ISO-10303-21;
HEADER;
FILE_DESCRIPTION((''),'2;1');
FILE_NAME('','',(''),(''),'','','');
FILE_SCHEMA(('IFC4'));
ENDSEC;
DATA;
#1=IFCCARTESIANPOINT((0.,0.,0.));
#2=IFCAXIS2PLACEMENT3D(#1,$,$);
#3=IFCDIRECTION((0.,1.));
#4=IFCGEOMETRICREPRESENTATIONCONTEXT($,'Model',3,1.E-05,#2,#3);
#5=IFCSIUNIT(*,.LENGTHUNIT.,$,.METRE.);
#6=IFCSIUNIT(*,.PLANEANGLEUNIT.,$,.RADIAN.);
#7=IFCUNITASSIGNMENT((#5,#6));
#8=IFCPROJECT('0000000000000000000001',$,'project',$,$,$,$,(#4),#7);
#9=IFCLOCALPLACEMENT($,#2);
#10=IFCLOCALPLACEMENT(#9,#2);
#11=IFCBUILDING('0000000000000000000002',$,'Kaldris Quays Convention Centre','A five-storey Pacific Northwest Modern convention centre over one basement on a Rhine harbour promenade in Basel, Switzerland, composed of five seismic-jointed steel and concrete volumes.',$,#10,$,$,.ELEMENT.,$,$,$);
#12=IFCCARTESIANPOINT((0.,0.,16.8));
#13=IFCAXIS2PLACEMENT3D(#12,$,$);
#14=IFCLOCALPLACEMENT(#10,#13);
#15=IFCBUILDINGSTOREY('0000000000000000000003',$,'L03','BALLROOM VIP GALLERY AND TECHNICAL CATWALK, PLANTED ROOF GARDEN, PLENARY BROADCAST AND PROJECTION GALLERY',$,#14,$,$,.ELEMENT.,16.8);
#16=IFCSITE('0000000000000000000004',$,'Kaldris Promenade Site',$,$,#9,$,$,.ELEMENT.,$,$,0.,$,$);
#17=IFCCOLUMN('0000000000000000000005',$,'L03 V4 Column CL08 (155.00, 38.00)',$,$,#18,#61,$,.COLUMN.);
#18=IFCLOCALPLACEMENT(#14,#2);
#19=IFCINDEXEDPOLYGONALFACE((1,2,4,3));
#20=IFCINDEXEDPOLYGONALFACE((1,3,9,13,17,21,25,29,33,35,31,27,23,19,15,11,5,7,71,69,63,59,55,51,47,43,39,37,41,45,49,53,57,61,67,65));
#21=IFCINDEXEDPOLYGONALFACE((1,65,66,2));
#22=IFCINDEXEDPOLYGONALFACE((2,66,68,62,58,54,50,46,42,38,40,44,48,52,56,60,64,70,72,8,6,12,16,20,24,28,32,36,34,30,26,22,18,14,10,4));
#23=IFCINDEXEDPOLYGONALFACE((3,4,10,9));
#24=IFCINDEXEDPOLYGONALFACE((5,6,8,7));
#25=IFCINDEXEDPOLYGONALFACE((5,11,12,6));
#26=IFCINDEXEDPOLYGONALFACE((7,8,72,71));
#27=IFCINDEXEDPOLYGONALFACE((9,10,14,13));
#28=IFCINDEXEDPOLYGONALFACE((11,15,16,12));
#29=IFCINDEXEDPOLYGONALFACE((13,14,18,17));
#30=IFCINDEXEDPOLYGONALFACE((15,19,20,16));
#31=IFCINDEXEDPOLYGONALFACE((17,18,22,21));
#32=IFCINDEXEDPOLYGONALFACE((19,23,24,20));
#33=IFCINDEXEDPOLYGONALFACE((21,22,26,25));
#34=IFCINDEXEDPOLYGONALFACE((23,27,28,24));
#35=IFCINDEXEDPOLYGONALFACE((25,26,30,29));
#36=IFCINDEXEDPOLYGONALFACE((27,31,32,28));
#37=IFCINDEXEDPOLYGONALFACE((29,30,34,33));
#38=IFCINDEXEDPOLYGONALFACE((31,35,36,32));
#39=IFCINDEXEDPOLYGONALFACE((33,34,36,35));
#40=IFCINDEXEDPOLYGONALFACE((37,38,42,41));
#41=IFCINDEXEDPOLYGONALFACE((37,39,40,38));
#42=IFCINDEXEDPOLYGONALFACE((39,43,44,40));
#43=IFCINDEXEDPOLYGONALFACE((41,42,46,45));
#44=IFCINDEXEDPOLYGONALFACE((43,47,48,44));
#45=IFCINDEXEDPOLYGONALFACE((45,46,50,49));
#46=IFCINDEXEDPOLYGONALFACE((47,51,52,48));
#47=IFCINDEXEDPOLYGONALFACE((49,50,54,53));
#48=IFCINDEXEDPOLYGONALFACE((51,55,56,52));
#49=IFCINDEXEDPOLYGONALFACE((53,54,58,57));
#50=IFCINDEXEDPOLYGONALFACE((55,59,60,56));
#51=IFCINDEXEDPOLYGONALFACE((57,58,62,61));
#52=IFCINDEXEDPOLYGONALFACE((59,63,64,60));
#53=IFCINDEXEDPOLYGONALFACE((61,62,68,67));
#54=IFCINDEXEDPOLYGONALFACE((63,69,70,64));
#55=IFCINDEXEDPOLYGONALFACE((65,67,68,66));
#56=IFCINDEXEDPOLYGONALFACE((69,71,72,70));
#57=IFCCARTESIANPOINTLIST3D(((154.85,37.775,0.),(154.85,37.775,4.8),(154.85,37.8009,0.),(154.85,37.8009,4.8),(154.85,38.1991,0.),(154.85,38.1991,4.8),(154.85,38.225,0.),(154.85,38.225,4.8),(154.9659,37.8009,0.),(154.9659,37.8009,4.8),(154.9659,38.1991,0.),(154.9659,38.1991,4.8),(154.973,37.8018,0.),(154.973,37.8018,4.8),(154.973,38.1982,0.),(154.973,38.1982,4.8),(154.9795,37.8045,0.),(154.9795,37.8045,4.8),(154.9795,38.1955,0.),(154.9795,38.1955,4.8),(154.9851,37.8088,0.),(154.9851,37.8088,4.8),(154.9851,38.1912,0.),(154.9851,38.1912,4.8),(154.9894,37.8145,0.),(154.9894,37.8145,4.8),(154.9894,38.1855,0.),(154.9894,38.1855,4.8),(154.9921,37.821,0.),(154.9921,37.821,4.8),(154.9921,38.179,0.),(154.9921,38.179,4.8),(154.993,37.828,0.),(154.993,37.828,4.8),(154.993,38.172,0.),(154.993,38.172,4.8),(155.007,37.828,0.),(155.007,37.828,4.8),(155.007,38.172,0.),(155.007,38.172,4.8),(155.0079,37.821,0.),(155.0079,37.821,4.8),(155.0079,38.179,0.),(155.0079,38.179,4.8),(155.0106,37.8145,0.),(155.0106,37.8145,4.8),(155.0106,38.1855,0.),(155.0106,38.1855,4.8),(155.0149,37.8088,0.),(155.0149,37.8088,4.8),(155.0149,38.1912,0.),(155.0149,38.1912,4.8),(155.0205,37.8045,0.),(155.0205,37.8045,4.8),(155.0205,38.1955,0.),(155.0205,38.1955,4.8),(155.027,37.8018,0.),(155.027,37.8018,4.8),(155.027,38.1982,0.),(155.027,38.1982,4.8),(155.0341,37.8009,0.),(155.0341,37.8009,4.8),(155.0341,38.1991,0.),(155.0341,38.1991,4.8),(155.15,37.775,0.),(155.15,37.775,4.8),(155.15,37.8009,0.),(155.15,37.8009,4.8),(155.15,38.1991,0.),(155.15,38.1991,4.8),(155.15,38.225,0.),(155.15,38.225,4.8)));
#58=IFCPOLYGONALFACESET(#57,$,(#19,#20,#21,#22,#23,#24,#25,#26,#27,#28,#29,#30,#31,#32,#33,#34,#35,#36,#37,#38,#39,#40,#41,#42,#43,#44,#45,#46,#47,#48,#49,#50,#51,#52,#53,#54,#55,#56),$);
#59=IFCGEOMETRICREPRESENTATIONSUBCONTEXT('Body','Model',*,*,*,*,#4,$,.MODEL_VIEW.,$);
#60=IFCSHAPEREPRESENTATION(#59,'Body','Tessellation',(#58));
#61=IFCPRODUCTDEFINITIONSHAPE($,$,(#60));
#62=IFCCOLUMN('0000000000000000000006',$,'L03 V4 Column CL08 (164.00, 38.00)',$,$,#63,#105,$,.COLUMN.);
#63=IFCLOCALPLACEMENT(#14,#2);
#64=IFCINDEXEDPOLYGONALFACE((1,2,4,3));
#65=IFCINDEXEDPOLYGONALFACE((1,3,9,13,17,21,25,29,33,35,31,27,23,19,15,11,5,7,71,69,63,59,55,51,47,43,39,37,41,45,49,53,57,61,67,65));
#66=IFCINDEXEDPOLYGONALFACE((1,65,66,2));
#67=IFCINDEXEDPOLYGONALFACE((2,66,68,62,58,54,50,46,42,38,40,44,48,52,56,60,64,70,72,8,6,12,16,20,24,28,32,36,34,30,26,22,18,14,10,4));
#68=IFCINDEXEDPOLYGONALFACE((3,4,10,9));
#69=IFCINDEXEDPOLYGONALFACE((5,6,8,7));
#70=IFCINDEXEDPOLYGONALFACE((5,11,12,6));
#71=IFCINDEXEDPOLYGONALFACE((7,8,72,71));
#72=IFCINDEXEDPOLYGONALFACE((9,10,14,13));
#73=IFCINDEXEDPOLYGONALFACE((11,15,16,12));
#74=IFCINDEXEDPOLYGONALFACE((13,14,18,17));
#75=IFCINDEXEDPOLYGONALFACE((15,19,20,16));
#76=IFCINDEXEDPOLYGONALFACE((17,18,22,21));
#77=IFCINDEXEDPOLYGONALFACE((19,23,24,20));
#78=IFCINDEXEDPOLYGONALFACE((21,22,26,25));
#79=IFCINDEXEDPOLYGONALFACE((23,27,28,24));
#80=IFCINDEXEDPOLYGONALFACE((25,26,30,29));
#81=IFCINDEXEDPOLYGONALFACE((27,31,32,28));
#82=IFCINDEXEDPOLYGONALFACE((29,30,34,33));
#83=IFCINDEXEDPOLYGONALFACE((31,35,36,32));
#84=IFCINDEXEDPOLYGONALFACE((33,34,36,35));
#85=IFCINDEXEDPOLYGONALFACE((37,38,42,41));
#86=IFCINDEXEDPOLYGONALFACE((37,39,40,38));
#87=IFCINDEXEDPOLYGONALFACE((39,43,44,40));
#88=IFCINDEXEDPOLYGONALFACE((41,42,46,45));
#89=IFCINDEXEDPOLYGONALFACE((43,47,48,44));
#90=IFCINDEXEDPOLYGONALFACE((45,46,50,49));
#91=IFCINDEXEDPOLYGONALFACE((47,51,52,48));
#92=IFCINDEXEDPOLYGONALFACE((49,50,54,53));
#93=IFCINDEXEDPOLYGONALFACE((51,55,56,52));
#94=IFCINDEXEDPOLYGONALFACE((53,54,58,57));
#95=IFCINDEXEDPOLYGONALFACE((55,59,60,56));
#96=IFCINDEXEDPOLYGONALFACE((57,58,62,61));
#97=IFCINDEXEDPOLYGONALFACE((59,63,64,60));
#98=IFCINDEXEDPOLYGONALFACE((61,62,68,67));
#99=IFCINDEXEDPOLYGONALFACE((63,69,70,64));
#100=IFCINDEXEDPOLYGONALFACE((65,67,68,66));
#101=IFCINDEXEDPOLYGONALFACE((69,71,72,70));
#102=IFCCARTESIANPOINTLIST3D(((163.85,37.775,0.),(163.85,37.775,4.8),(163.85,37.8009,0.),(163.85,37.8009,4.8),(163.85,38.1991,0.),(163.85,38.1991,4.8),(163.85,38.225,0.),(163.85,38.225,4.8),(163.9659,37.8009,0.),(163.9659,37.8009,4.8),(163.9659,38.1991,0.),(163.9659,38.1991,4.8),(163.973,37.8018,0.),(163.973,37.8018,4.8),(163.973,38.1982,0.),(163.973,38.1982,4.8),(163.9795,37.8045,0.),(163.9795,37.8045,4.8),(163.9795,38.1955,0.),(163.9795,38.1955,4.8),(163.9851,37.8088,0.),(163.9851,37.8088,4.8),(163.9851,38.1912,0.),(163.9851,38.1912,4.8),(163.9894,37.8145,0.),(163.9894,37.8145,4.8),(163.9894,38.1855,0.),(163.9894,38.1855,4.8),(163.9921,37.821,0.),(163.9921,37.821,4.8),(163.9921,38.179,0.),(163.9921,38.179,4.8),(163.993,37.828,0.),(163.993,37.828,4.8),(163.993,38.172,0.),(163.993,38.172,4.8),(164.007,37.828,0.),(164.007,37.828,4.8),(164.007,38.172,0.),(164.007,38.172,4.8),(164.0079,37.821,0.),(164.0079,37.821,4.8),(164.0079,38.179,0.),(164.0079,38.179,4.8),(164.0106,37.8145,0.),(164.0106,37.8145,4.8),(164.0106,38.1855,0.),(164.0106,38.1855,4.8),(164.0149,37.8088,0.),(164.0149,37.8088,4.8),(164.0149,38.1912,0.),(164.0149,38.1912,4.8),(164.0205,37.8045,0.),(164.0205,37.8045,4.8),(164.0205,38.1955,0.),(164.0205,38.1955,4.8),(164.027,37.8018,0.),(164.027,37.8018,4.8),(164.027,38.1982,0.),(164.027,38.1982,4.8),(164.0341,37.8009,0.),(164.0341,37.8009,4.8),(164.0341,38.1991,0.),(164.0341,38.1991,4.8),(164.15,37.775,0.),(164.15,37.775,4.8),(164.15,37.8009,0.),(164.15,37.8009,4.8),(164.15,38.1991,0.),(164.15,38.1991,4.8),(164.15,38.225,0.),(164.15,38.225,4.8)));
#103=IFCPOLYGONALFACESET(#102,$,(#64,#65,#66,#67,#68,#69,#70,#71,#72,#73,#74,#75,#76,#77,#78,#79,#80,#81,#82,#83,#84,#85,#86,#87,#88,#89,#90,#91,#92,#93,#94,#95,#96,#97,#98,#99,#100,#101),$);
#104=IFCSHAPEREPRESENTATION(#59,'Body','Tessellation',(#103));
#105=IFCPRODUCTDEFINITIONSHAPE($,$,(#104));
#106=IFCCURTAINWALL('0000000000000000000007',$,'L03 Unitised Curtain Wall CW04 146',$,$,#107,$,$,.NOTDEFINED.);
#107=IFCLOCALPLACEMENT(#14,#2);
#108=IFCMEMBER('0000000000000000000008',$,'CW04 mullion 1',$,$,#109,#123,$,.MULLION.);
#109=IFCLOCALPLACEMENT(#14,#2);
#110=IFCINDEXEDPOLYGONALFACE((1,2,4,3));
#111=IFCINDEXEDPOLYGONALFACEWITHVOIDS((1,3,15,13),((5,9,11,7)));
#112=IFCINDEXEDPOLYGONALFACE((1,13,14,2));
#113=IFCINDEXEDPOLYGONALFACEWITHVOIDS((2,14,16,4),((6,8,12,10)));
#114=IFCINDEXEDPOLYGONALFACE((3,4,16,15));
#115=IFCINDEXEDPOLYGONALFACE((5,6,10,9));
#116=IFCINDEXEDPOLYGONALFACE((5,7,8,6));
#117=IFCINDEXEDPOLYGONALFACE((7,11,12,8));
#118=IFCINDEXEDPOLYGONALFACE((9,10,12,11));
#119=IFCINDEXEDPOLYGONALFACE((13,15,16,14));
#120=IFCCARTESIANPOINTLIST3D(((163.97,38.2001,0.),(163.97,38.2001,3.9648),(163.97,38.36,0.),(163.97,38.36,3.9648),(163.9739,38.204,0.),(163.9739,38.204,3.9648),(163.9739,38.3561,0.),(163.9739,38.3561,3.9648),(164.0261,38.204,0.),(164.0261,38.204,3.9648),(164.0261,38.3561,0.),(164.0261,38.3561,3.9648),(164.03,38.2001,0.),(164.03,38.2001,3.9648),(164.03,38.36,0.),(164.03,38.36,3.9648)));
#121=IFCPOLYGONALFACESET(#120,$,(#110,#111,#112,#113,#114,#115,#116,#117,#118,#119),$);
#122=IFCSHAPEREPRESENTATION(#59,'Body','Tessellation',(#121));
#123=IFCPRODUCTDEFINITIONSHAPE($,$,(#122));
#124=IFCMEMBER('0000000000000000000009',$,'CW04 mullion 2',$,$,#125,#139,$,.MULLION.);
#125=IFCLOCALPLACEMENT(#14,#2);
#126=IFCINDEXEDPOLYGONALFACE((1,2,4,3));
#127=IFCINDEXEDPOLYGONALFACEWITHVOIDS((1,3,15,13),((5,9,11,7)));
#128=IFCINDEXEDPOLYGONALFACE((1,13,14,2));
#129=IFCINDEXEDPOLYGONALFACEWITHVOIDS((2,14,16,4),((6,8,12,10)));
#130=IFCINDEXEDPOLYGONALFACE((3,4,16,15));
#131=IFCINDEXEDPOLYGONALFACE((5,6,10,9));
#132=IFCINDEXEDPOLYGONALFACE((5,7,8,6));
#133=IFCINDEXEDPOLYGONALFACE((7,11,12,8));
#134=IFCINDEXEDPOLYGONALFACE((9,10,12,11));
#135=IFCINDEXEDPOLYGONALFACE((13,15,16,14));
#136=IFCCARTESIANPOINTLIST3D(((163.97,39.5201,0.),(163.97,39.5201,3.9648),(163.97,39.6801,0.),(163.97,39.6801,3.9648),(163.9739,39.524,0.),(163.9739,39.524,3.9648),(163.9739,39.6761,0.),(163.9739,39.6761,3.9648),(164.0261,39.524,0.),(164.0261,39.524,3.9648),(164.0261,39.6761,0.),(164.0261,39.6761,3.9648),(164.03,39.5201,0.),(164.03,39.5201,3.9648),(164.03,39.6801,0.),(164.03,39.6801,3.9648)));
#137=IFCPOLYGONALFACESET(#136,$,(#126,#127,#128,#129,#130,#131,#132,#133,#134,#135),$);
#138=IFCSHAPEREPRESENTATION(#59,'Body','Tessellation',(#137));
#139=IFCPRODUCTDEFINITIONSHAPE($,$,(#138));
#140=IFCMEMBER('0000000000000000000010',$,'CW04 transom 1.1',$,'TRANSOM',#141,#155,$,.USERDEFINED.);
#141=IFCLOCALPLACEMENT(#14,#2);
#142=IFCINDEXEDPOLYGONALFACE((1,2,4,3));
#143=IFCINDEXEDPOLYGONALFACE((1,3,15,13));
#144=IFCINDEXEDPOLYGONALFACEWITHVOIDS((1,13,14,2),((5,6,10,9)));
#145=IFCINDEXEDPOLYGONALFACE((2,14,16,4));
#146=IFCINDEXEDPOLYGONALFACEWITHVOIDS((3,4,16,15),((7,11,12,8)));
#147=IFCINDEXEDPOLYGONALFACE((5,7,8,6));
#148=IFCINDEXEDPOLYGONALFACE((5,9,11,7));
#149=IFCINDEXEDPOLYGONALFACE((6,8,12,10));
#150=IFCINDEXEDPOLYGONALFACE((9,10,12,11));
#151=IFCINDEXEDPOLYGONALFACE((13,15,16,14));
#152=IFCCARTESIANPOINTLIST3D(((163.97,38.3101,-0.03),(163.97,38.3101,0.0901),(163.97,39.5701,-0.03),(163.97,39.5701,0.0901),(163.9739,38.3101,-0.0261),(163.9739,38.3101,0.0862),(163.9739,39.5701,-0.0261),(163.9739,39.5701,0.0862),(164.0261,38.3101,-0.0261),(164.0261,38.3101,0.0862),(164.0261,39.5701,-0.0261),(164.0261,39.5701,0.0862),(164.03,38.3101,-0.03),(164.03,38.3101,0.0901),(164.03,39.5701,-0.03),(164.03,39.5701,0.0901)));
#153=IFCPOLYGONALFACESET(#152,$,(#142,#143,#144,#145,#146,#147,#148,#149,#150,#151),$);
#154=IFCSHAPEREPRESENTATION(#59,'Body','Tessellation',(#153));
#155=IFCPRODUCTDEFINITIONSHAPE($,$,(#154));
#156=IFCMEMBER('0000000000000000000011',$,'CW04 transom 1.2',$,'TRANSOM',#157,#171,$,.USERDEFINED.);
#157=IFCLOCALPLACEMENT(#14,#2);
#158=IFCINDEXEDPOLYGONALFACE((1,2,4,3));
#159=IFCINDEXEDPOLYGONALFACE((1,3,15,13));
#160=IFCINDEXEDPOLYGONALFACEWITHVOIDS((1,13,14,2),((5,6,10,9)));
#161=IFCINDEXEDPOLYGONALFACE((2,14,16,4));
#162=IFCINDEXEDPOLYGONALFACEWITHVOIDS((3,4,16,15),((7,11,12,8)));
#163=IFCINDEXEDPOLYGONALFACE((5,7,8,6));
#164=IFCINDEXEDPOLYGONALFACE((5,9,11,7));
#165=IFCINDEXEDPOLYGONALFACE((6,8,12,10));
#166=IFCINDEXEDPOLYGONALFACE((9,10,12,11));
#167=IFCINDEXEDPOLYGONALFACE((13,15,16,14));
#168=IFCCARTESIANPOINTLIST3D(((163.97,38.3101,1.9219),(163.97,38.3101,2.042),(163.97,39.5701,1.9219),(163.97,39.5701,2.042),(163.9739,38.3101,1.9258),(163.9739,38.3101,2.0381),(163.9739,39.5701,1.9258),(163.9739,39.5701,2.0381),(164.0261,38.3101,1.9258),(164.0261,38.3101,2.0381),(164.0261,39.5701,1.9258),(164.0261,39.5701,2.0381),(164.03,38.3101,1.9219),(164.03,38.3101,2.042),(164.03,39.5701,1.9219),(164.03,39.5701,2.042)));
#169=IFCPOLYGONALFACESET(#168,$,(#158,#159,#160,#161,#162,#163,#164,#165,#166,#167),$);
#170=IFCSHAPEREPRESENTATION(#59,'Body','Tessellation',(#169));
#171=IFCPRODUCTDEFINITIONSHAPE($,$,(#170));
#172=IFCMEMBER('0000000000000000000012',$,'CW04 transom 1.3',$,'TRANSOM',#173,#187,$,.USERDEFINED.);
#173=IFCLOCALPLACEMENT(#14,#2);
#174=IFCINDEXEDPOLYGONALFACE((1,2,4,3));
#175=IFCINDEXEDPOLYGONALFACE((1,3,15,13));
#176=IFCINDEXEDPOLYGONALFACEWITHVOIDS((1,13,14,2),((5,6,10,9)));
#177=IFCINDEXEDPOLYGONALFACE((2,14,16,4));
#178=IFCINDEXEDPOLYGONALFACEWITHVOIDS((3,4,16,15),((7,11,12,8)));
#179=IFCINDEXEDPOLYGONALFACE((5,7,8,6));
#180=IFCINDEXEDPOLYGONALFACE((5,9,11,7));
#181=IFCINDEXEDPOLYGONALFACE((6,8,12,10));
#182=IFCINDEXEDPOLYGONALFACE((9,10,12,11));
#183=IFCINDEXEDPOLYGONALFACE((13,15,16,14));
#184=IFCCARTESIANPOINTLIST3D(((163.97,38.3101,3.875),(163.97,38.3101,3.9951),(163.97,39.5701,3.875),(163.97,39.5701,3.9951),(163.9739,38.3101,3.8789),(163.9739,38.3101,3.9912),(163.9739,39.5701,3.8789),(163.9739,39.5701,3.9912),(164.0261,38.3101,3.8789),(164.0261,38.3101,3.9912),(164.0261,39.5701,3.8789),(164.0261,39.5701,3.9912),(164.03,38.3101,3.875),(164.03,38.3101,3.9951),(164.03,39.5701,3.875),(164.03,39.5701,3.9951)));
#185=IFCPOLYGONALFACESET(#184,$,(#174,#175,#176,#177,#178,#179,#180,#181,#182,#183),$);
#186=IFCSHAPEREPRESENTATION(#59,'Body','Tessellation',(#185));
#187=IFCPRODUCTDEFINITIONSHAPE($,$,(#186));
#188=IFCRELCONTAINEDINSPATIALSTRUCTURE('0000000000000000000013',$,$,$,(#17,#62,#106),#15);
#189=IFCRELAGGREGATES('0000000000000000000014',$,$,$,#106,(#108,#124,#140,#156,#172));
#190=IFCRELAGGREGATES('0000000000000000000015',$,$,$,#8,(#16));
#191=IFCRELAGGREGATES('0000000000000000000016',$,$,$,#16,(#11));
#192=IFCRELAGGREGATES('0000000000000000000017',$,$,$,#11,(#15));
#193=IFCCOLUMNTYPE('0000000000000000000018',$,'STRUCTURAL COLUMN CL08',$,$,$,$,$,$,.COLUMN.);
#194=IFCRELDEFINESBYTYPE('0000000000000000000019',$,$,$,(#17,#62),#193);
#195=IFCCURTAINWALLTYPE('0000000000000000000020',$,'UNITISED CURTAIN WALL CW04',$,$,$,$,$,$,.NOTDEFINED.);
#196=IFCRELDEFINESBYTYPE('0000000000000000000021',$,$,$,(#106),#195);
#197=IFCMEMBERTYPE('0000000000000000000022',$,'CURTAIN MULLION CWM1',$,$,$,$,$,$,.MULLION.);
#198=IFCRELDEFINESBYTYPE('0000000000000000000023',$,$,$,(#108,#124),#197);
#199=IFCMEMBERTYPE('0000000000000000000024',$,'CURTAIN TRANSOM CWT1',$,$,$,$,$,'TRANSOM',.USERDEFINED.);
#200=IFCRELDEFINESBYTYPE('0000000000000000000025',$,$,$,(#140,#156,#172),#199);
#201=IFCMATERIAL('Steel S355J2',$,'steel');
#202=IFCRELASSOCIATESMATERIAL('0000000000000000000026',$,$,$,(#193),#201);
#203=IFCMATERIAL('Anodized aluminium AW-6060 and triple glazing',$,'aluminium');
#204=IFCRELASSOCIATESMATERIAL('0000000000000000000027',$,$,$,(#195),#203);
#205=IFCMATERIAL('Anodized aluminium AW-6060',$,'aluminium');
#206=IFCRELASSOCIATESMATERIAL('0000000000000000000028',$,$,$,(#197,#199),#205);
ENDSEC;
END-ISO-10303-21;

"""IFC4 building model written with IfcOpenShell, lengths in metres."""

from ifc_helpers import new_model, si_unit, direction, frame, origin, origin_2d, place, context, subcontext, project, spatial, hollow_rectangle, i_section, extrude, material, material_profile, profile_set, type_object, element, aggregate, save


model = new_model("IFC4")

# Units and contexts
model_context = context("Model", 3, precision=1e-05, world=origin(), true_north=direction((0.0, 1.0)))
body_context = subcontext(model_context, "Body", "Model", "MODEL_VIEW")
ifc_project = project(units=[si_unit("LENGTHUNIT", "METRE"), si_unit("PLANEANGLEUNIT", "RADIAN")], contexts=[model_context])

# Site, building, storey
site_placement = place(None, origin())
site = spatial("IfcSite", under=ifc_project, at=site_placement, Name="Kaldris Promenade Site", CompositionType="ELEMENT", RefElevation=0.0)
building_placement = place(site_placement, origin())
building = spatial("IfcBuilding", under=site, at=building_placement, Name="Kaldris Quays Convention Centre", Description="A five-storey Pacific Northwest Modern convention centre over one basement on a Rhine harbour promenade in Basel, Switzerland, composed of five seismic-jointed steel and concrete volumes.", CompositionType="ELEMENT")
storey_placement = place(building_placement, frame((0.0, 0.0, 16.8)))
storey = spatial("IfcBuildingStorey", under=building, at=storey_placement, Name="L03", Description="BALLROOM VIP GALLERY AND TECHNICAL CATWALK, PLANTED ROOF GARDEN, PLENARY BROADCAST AND PROJECTION GALLERY", CompositionType="ELEMENT", Elevation=16.8)

# Columns
ifc_material_1 = material(Name="Steel S355J2", Category="steel")
ifc_material_profile_1 = material_profile(ifc_material_1, i_section(OverallWidth=0.3, OverallDepth=0.45, WebThickness=0.0139, FlangeThickness=0.0259, FilletRadius=0.0271, at=origin_2d()), Name="HEB 450")
ifc_profile_set_1 = profile_set([ifc_material_profile_1], Name="Steel S355J2")
column_type = type_object("IfcColumnType", Name="STRUCTURAL COLUMN CL08", PredefinedType="COLUMN", material=ifc_profile_set_1)
for number, where, z_axis, x_axis, name in (
    (1, (155.0, 38.0, 0.0), (0.0, 0.0, 1.0), (1.0, 0.0, 0.0), "L03 V4 Column CL08 (155.00, 38.00)"),
    (2, (164.0, 38.0, 0.0), (0.0, 0.0, 1.0), (1.0, 0.0, 0.0), "L03 V4 Column CL08 (164.00, 38.00)"),
):
    element("IfcColumn", number, at=place(storey_placement, frame(where, z_axis=z_axis, x_axis=x_axis)), inside=storey, type_object=column_type, Name=name, PredefinedType="COLUMN", context=body_context, shape_type="SweptSolid", body=[
        extrude(i_section(OverallWidth=0.3, OverallDepth=0.45, WebThickness=0.0139, FlangeThickness=0.0259, FilletRadius=0.0271, at=origin_2d()), origin(), (0.0, 0.0, 1.0), 4.8),
    ])

# Curtain wall, members
ifc_material_2 = material(Name="Anodized aluminium AW-6060 and triple glazing", Category="aluminium")
curtain_wall_type = type_object("IfcCurtainWallType", Name="UNITISED CURTAIN WALL CW04", PredefinedType="NOTDEFINED", material=ifc_material_2)
curtain_wall_placement = place(storey_placement, origin())
curtain_wall = element("IfcCurtainWall", 3, at=curtain_wall_placement, inside=storey, type_object=curtain_wall_type, Name="L03 Unitised Curtain Wall CW04 146", PredefinedType="NOTDEFINED")
ifc_material_3 = material(Name="Anodized aluminium AW-6060", Category="aluminium")
ifc_material_profile_2 = material_profile(ifc_material_3, hollow_rectangle(XDim=0.0601, YDim=0.1599, WallThickness=0.0039, at=origin_2d()), Name="RHS 160x60x4")
ifc_profile_set_2 = profile_set([ifc_material_profile_2], Name="Anodized aluminium AW-6060")
member_type_1 = type_object("IfcMemberType", Name="CURTAIN MULLION CWM1", PredefinedType="MULLION", material=ifc_profile_set_2)
member_1_placement = place(storey_placement, frame((164.0, 38.28, 0.0), z_axis=(0.0, 0.0, 1.0), x_axis=(-1.0, 0.0, 0.0)))
member_1 = element("IfcMember", 4, at=member_1_placement, type_object=member_type_1, Name="CW04 mullion 1", PredefinedType="MULLION", context=body_context, shape_type="SweptSolid", body=[
    extrude(hollow_rectangle(XDim=0.0601, YDim=0.1599, WallThickness=0.0039, at=origin_2d()), origin(), (0.0, 0.0, 1.0), 3.9648),
])
member_2_placement = place(storey_placement, frame((164.0, 39.6001, 0.0), z_axis=(0.0, 0.0, 1.0), x_axis=(-1.0, 0.0, 0.0)))
member_2 = element("IfcMember", 5, at=member_2_placement, type_object=member_type_1, Name="CW04 mullion 2", PredefinedType="MULLION", context=body_context, shape_type="SweptSolid", body=[
    extrude(hollow_rectangle(XDim=0.0601, YDim=0.1599, WallThickness=0.0039, at=origin_2d()), origin(), (0.0, 0.0, 1.0), 3.9648),
])
ifc_material_profile_3 = material_profile(ifc_material_3, hollow_rectangle(XDim=0.0601, YDim=0.1201, WallThickness=0.0039, at=origin_2d()), Name="RHS 120x60x4")
ifc_profile_set_3 = profile_set([ifc_material_profile_3], Name="Anodized aluminium AW-6060")
member_type_2 = type_object("IfcMemberType", Name="CURTAIN TRANSOM CWT1", ElementType="TRANSOM", PredefinedType="USERDEFINED", material=ifc_profile_set_3)
member_3_placement = place(storey_placement, frame((164.0, 38.3101, 0.03), z_axis=(0.0, 1.0, 0.0), x_axis=(-1.0, 0.0, 0.0)))
member_3 = element("IfcMember", 6, at=member_3_placement, type_object=member_type_2, Name="CW04 transom 1.1", ObjectType="TRANSOM", PredefinedType="USERDEFINED", context=body_context, shape_type="SweptSolid", body=[
    extrude(hollow_rectangle(XDim=0.0601, YDim=0.1201, WallThickness=0.0039, at=origin_2d()), origin(), (0.0, 0.0, 1.0), 1.26),
])
member_4_placement = place(storey_placement, frame((164.0, 38.3101, 1.9819), z_axis=(0.0, 1.0, 0.0), x_axis=(-1.0, 0.0, 0.0)))
member_4 = element("IfcMember", 7, at=member_4_placement, type_object=member_type_2, Name="CW04 transom 1.2", ObjectType="TRANSOM", PredefinedType="USERDEFINED", context=body_context, shape_type="SweptSolid", body=[
    extrude(hollow_rectangle(XDim=0.0601, YDim=0.1201, WallThickness=0.0039, at=origin_2d()), origin(), (0.0, 0.0, 1.0), 1.26),
])
member_5_placement = place(storey_placement, frame((164.0, 38.3101, 3.9351), z_axis=(0.0, 1.0, 0.0), x_axis=(-1.0, 0.0, 0.0)))
member_5 = element("IfcMember", 8, at=member_5_placement, type_object=member_type_2, Name="CW04 transom 1.3", ObjectType="TRANSOM", PredefinedType="USERDEFINED", context=body_context, shape_type="SweptSolid", body=[
    extrude(hollow_rectangle(XDim=0.0601, YDim=0.1201, WallThickness=0.0039, at=origin_2d()), origin(), (0.0, 0.0, 1.0), 1.26),
])

aggregate(curtain_wall, [member_1, member_2, member_3, member_4, member_5])

save(model, "model.ifc")
